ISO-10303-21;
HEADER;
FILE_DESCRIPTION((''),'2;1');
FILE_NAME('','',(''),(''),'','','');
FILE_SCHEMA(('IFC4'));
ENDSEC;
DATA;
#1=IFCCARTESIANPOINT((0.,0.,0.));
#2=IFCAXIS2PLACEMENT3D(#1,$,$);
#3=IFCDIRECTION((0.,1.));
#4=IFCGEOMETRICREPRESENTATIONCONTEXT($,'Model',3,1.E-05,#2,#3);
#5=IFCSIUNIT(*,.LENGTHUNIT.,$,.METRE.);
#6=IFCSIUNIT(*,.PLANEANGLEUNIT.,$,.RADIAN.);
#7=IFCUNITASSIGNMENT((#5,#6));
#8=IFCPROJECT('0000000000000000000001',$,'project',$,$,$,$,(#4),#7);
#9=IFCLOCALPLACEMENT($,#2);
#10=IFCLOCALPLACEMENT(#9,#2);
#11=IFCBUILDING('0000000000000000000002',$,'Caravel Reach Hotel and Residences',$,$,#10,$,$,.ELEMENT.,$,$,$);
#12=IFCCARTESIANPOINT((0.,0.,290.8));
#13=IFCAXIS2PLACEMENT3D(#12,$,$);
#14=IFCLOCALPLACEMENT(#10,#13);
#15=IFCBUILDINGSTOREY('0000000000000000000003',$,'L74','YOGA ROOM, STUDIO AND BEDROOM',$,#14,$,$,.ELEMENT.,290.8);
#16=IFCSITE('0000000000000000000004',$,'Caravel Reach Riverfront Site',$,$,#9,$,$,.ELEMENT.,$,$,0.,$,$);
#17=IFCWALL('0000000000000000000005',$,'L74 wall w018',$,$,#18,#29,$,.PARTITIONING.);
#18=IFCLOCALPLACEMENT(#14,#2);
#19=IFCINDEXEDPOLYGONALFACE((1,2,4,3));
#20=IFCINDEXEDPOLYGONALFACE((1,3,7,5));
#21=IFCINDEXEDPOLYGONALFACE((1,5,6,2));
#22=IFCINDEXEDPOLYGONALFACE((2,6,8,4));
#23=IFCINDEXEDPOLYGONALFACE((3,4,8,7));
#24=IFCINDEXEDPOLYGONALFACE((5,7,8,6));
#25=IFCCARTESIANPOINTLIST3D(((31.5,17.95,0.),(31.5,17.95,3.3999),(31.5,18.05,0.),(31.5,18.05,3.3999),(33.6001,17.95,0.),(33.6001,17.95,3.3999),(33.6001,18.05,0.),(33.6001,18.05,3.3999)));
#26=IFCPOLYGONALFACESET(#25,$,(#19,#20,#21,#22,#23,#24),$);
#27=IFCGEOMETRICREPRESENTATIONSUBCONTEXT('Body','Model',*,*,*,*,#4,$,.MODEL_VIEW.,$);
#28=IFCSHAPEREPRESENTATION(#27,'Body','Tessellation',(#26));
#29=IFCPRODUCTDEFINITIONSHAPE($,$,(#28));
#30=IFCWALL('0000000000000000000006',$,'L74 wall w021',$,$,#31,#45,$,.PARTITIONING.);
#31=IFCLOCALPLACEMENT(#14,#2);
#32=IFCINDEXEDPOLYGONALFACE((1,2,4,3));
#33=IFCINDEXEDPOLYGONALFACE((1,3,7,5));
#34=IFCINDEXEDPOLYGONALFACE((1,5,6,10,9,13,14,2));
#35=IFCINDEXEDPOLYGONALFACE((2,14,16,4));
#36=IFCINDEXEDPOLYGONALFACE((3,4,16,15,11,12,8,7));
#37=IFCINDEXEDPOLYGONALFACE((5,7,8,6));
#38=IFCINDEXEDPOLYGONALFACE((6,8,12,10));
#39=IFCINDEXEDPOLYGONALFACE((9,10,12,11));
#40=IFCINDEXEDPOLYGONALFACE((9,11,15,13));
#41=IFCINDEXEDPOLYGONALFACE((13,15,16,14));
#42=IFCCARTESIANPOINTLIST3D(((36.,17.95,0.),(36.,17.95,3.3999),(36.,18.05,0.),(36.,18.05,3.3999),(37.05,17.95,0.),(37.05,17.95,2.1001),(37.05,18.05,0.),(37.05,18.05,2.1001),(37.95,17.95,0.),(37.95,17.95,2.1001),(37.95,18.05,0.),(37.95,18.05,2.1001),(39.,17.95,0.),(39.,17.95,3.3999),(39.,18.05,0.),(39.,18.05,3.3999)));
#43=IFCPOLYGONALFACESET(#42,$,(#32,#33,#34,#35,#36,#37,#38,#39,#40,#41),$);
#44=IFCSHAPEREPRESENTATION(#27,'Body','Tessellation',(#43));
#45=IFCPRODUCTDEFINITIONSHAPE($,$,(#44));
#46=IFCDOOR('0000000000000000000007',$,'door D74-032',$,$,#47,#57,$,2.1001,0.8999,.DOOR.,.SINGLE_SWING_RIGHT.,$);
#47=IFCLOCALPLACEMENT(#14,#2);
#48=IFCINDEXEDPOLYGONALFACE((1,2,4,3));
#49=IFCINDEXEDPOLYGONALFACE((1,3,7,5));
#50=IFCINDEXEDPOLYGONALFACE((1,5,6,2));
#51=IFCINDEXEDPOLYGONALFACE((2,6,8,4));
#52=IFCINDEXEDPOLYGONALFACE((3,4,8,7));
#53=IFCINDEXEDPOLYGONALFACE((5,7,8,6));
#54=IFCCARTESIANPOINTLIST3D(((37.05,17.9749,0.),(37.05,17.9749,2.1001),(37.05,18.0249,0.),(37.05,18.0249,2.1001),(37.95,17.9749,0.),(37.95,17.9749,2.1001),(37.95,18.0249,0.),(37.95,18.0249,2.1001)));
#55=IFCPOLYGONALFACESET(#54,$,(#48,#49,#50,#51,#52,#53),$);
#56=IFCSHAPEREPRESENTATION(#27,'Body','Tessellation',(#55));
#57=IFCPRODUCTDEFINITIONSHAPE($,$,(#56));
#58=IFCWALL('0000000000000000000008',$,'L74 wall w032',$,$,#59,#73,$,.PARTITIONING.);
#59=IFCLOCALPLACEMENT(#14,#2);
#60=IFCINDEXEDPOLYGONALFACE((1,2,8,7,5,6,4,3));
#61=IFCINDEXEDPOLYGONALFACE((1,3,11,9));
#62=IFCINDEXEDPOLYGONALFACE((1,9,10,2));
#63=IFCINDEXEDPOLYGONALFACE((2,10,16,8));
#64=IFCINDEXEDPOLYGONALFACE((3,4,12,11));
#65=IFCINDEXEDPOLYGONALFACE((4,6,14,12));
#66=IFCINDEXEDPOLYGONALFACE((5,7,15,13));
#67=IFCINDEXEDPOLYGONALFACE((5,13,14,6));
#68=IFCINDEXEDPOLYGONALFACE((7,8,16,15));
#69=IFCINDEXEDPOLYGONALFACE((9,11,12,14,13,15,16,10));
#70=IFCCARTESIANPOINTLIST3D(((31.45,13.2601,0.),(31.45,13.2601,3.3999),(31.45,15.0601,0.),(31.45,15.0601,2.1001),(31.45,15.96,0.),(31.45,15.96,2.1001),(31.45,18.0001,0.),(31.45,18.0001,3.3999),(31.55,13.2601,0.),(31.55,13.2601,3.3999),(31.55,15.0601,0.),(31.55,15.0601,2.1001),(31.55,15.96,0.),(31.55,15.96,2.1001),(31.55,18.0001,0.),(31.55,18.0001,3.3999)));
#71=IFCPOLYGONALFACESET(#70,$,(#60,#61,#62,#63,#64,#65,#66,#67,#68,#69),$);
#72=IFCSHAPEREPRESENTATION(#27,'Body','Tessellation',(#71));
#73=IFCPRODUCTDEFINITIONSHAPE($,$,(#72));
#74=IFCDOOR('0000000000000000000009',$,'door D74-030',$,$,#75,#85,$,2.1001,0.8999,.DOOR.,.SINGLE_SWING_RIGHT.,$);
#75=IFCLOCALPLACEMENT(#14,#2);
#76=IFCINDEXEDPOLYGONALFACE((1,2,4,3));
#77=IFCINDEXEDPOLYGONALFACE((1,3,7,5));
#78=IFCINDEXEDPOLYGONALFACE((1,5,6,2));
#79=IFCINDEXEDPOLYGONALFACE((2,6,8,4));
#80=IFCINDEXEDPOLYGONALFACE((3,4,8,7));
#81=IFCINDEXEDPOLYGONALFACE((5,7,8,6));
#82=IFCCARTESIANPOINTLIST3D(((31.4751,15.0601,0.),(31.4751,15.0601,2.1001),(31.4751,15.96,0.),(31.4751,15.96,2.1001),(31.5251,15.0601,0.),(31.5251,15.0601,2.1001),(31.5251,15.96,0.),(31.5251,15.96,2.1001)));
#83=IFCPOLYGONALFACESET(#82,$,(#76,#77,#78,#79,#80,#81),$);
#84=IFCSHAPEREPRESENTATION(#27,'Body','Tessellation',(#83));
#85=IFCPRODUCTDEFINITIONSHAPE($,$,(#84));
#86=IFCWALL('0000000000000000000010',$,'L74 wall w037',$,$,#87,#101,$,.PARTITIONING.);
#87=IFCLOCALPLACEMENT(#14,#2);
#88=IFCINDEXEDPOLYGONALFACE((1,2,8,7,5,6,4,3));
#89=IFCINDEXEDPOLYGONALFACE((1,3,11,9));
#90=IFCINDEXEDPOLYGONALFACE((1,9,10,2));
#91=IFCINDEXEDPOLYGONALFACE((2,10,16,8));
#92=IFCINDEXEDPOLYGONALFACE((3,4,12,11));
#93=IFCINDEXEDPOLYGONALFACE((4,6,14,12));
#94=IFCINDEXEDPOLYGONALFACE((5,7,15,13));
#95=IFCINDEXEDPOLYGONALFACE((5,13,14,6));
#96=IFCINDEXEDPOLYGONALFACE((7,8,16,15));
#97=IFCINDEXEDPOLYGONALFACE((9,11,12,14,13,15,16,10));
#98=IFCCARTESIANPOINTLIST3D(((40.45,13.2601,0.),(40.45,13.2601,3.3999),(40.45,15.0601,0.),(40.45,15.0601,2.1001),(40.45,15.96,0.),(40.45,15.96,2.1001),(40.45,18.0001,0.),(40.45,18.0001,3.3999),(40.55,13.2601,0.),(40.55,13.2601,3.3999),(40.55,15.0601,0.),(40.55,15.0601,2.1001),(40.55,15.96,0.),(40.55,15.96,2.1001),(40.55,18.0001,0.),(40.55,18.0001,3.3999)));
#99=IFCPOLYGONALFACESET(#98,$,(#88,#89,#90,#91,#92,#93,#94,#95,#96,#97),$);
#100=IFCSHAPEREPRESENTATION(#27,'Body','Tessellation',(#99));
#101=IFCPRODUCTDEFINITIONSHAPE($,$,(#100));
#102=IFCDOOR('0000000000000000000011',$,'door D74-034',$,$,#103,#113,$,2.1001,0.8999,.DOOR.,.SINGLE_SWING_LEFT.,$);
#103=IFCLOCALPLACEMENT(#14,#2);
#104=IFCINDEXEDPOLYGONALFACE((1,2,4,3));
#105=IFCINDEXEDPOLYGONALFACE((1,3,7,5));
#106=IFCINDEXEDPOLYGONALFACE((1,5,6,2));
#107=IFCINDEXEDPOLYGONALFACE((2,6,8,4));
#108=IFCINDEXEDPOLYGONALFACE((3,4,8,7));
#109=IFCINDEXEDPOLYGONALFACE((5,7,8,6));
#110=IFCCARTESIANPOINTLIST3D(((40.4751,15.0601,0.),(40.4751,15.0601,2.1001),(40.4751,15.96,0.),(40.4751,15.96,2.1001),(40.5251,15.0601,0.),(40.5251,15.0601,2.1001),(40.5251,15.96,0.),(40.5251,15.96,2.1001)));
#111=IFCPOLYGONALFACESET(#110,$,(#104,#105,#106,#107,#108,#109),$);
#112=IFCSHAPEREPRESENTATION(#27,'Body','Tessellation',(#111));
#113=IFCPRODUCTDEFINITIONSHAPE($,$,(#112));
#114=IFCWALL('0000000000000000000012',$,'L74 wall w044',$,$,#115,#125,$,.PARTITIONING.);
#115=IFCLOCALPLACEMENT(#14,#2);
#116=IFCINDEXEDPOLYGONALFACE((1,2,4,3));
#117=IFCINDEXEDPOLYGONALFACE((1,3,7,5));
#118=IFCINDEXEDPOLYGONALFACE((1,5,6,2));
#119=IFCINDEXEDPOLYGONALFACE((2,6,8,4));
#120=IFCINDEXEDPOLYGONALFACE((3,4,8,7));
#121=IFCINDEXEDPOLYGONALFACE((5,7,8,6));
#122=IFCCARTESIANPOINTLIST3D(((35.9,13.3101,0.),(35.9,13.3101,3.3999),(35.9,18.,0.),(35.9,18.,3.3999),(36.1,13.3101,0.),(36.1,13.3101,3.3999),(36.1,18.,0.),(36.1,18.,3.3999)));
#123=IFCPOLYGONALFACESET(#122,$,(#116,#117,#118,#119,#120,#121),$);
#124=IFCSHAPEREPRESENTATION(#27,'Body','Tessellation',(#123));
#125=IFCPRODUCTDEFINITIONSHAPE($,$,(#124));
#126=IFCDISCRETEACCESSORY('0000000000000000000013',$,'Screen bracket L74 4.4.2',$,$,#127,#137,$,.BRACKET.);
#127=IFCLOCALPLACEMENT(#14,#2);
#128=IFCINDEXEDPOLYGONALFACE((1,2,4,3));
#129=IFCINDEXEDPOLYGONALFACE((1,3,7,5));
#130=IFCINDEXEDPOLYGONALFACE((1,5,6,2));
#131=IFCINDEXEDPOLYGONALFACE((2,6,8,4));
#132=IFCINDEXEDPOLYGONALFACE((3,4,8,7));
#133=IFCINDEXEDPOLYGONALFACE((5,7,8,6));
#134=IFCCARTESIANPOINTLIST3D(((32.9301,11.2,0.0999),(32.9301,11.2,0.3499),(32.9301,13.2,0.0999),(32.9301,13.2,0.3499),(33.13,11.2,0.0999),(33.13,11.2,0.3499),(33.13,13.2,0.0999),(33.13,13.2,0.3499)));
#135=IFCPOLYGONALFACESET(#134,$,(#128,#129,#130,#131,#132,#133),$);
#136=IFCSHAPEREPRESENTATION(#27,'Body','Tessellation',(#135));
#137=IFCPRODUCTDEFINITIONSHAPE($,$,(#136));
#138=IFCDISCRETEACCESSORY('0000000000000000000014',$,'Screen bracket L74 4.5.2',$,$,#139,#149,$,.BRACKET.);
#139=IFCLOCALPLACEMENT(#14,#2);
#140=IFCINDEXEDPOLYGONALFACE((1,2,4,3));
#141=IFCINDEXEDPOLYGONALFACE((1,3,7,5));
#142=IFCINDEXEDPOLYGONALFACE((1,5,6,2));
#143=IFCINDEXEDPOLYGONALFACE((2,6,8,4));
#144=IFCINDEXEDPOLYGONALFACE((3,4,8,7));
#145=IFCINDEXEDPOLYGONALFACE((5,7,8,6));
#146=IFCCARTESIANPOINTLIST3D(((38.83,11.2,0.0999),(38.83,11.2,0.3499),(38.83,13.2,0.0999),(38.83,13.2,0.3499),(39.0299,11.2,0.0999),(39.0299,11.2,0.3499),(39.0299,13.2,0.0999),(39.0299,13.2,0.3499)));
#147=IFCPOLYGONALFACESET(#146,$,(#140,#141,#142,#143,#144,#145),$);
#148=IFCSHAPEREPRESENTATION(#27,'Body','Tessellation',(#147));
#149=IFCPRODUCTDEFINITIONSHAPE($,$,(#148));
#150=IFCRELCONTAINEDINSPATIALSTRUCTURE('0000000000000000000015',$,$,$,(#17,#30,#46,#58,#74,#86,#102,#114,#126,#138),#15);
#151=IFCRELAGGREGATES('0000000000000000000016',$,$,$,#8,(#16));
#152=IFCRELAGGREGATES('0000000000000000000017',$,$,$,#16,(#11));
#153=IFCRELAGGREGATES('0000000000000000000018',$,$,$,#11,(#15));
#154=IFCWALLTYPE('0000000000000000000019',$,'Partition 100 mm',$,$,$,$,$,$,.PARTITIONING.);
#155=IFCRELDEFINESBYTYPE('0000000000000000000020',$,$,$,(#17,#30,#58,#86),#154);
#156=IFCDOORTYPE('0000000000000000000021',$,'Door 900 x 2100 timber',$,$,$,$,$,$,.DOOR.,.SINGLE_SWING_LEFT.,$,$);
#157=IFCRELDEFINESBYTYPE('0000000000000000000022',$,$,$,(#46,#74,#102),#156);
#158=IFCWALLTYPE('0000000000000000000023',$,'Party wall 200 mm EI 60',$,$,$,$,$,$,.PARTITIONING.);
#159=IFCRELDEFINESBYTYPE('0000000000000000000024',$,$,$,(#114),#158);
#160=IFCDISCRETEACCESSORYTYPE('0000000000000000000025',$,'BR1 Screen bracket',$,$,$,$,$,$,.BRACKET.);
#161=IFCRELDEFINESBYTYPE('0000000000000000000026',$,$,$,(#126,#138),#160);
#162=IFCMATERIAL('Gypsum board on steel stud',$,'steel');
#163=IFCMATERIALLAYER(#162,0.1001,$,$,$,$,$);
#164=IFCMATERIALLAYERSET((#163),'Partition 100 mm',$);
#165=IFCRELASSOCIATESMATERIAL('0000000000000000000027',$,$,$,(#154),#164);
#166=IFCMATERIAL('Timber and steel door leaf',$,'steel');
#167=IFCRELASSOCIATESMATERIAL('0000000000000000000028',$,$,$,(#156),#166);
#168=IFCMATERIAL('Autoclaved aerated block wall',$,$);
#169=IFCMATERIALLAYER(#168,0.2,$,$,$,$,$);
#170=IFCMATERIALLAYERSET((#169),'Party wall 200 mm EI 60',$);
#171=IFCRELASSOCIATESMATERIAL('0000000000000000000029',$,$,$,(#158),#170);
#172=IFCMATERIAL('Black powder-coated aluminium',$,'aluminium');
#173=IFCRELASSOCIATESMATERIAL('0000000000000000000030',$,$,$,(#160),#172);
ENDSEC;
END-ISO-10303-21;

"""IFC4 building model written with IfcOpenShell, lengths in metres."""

from ifc_helpers import new_model, si_unit, direction, frame, frame_2d, origin, origin_2d, place, context, subcontext, project, spatial, rectangle, extrude, material, layer, layer_set, type_object, element, fill, save


model = new_model("IFC4")

# Units and contexts
model_context = context("Model", 3, precision=1e-05, world=origin(), true_north=direction((0.0, 1.0)))
body_context = subcontext(model_context, "Body", "Model", "MODEL_VIEW")
ifc_project = project(units=[si_unit("LENGTHUNIT", "METRE"), si_unit("PLANEANGLEUNIT", "RADIAN")], contexts=[model_context])

# Site, building, storey
site_placement = place(None, origin())
site = spatial("IfcSite", under=ifc_project, at=site_placement, Name="Caravel Reach Riverfront Site", CompositionType="ELEMENT", RefElevation=0.0)
building_placement = place(site_placement, origin())
building = spatial("IfcBuilding", under=site, at=building_placement, Name="Caravel Reach Hotel and Residences", CompositionType="ELEMENT")
storey_placement = place(building_placement, frame((0.0, 0.0, 290.8)))
storey = spatial("IfcBuildingStorey", under=building, at=storey_placement, Name="L74", Description="YOGA ROOM, STUDIO AND BEDROOM", CompositionType="ELEMENT", Elevation=290.8)

# Wall
ifc_material_1 = material(Name="Gypsum board on steel stud", Category="steel")
ifc_layer_1 = layer(ifc_material_1, 0.1001)
ifc_layer_set_1 = layer_set([ifc_layer_1], Name="Partition 100 mm")
wall_type_1 = type_object("IfcWallType", Name="Partition 100 mm", PredefinedType="PARTITIONING", material=ifc_layer_set_1)
wall_1_placement = place(storey_placement, frame((31.5, 18.0, 0.0), z_axis=(0.0, 0.0, 1.0), x_axis=(1.0, 0.0, 0.0)))
element("IfcWall", 1, at=wall_1_placement, inside=storey, type_object=wall_type_1, Name="L74 wall w018", PredefinedType="PARTITIONING", context=body_context, shape_type="SweptSolid", body=[
    extrude(rectangle(XDim=2.1001, YDim=0.1001, at=frame_2d((1.05, 0.0))), origin(), (0.0, 0.0, 1.0), 3.3999),
])

# Walls, openings, doors
wall_2_placement = place(storey_placement, frame((36.0, 18.0, 0.0), z_axis=(0.0, 0.0, 1.0), x_axis=(1.0, 0.0, 0.0)))
wall_2 = element("IfcWall", 2, at=wall_2_placement, inside=storey, type_object=wall_type_1, Name="L74 wall w021", PredefinedType="PARTITIONING", context=body_context, shape_type="SweptSolid", body=[
    extrude(rectangle(XDim=3.0, YDim=0.1001, at=frame_2d((1.5, 0.0))), origin(), (0.0, 0.0, 1.0), 3.3999),
])
opening_1_placement = place(wall_2_placement, frame((1.05, 0.0, 0.0)))
opening_1 = element("IfcOpeningElement", 3, at=opening_1_placement, cuts=wall_2, PredefinedType="OPENING", context=body_context, shape_type="SweptSolid", body=[
    extrude(rectangle(XDim=0.8999, YDim=2.1001, at=frame_2d((0.45, 1.05))), frame((0.0, 0.0601, 0.0), z_axis=(0.0, -1.0, 0.0), x_axis=(1.0, 0.0, 0.0)), (0.0, 0.0, 1.0), 0.1201),
])
ifc_material_2 = material(Name="Timber and steel door leaf", Category="steel")
door_type_1 = type_object("IfcDoorType", Name="Door 900 x 2100 timber", OperationType="SINGLE_SWING_LEFT", PredefinedType="DOOR", material=ifc_material_2)
door_1_placement = place(opening_1_placement, origin())
door_1 = element("IfcDoor", 4, at=door_1_placement, inside=storey, type_object=door_type_1, Name="door D74-032", OperationType="SINGLE_SWING_RIGHT", OverallHeight=2.1001, OverallWidth=0.8999, PredefinedType="DOOR", context=body_context, shape_type="SweptSolid", body=[
    extrude(rectangle(XDim=0.8999, YDim=2.1001, at=frame_2d((0.45, 1.05))), frame((0.0, 0.0249, 0.0), z_axis=(0.0, -1.0, 0.0), x_axis=(1.0, 0.0, 0.0)), (0.0, 0.0, 1.0), 0.05),
])
fill(opening_1, door_1)
wall_3_placement = place(storey_placement, frame((31.5, 13.26, 0.0), z_axis=(0.0, 0.0, 1.0), x_axis=(0.0, 1.0, 0.0)))
wall_3 = element("IfcWall", 5, at=wall_3_placement, inside=storey, type_object=wall_type_1, Name="L74 wall w032", PredefinedType="PARTITIONING", context=body_context, shape_type="SweptSolid", body=[
    extrude(rectangle(XDim=4.74, YDim=0.1001, at=frame_2d((2.3701, 0.0))), origin(), (0.0, 0.0, 1.0), 3.3999),
])
opening_2_placement = place(wall_3_placement, frame((1.8, 0.0, 0.0)))
opening_2 = element("IfcOpeningElement", 6, at=opening_2_placement, cuts=wall_3, PredefinedType="OPENING", context=body_context, shape_type="SweptSolid", body=[
    extrude(rectangle(XDim=0.8999, YDim=2.1001, at=frame_2d((0.45, 1.05))), frame((0.0, 0.0601, 0.0), z_axis=(0.0, -1.0, 0.0), x_axis=(1.0, 0.0, 0.0)), (0.0, 0.0, 1.0), 0.1201),
])
door_2_placement = place(opening_2_placement, origin())
door_2 = element("IfcDoor", 7, at=door_2_placement, inside=storey, type_object=door_type_1, Name="door D74-030", OperationType="SINGLE_SWING_RIGHT", OverallHeight=2.1001, OverallWidth=0.8999, PredefinedType="DOOR", context=body_context, shape_type="SweptSolid", body=[
    extrude(rectangle(XDim=0.8999, YDim=2.1001, at=frame_2d((0.45, 1.05))), frame((0.0, 0.0249, 0.0), z_axis=(0.0, -1.0, 0.0), x_axis=(1.0, 0.0, 0.0)), (0.0, 0.0, 1.0), 0.05),
])
fill(opening_2, door_2)
wall_4_placement = place(storey_placement, frame((40.5, 13.26, 0.0), z_axis=(0.0, 0.0, 1.0), x_axis=(0.0, 1.0, 0.0)))
wall_4 = element("IfcWall", 8, at=wall_4_placement, inside=storey, type_object=wall_type_1, Name="L74 wall w037", PredefinedType="PARTITIONING", context=body_context, shape_type="SweptSolid", body=[
    extrude(rectangle(XDim=4.74, YDim=0.1001, at=frame_2d((2.3701, 0.0))), origin(), (0.0, 0.0, 1.0), 3.3999),
])
opening_3_placement = place(wall_4_placement, frame((1.8, 0.0, 0.0)))
opening_3 = element("IfcOpeningElement", 9, at=opening_3_placement, cuts=wall_4, PredefinedType="OPENING", context=body_context, shape_type="SweptSolid", body=[
    extrude(rectangle(XDim=0.8999, YDim=2.1001, at=frame_2d((0.45, 1.05))), frame((0.0, 0.0601, 0.0), z_axis=(0.0, -1.0, 0.0), x_axis=(1.0, 0.0, 0.0)), (0.0, 0.0, 1.0), 0.1201),
])
door_3_placement = place(opening_3_placement, origin())
door_3 = element("IfcDoor", 10, at=door_3_placement, inside=storey, type_object=door_type_1, Name="door D74-034", OperationType="SINGLE_SWING_LEFT", OverallHeight=2.1001, OverallWidth=0.8999, PredefinedType="DOOR", context=body_context, shape_type="SweptSolid", body=[
    extrude(rectangle(XDim=0.8999, YDim=2.1001, at=frame_2d((0.45, 1.05))), frame((0.0, 0.0249, 0.0), z_axis=(0.0, -1.0, 0.0), x_axis=(1.0, 0.0, 0.0)), (0.0, 0.0, 1.0), 0.05),
])
fill(opening_3, door_3)

# Wall
ifc_material_3 = material(Name="Autoclaved aerated block wall")
ifc_layer_2 = layer(ifc_material_3, 0.2)
ifc_layer_set_2 = layer_set([ifc_layer_2], Name="Party wall 200 mm EI 60")
wall_type_2 = type_object("IfcWallType", Name="Party wall 200 mm EI 60", PredefinedType="PARTITIONING", material=ifc_layer_set_2)
wall_5_placement = place(storey_placement, frame((36.0, 13.3101, 0.0), z_axis=(0.0, 0.0, 1.0), x_axis=(0.0, 1.0, 0.0)))
element("IfcWall", 11, at=wall_5_placement, inside=storey, type_object=wall_type_2, Name="L74 wall w044", PredefinedType="PARTITIONING", context=body_context, shape_type="SweptSolid", body=[
    extrude(rectangle(XDim=4.6899, YDim=0.2, at=frame_2d((2.345, 0.0))), origin(), (0.0, 0.0, 1.0), 3.3999),
])

# Discrete accessories
ifc_material_4 = material(Name="Black powder-coated aluminium", Category="aluminium")
discrete_accessory_type = type_object("IfcDiscreteAccessoryType", Name="BR1 Screen bracket", PredefinedType="BRACKET", material=ifc_material_4)
for number, where, z_axis, x_axis, name in (
    (12, (33.03, 12.2, 0.0999), (0.0, 0.0, 1.0), (0.0, -1.0, 0.0), "Screen bracket L74 4.4.2"),
    (13, (38.9299, 12.2, 0.0999), (0.0, 0.0, 1.0), (0.0, -1.0, 0.0), "Screen bracket L74 4.5.2"),
):
    element("IfcDiscreteAccessory", number, at=place(storey_placement, frame(where, z_axis=z_axis, x_axis=x_axis)), inside=storey, type_object=discrete_accessory_type, Name=name, PredefinedType="BRACKET", context=body_context, shape_type="SweptSolid", body=[
        extrude(rectangle(XDim=2.0, YDim=0.2, at=origin_2d()), origin(), (0.0, 0.0, 1.0), 0.25),
    ])

save(model, "model.ifc")
